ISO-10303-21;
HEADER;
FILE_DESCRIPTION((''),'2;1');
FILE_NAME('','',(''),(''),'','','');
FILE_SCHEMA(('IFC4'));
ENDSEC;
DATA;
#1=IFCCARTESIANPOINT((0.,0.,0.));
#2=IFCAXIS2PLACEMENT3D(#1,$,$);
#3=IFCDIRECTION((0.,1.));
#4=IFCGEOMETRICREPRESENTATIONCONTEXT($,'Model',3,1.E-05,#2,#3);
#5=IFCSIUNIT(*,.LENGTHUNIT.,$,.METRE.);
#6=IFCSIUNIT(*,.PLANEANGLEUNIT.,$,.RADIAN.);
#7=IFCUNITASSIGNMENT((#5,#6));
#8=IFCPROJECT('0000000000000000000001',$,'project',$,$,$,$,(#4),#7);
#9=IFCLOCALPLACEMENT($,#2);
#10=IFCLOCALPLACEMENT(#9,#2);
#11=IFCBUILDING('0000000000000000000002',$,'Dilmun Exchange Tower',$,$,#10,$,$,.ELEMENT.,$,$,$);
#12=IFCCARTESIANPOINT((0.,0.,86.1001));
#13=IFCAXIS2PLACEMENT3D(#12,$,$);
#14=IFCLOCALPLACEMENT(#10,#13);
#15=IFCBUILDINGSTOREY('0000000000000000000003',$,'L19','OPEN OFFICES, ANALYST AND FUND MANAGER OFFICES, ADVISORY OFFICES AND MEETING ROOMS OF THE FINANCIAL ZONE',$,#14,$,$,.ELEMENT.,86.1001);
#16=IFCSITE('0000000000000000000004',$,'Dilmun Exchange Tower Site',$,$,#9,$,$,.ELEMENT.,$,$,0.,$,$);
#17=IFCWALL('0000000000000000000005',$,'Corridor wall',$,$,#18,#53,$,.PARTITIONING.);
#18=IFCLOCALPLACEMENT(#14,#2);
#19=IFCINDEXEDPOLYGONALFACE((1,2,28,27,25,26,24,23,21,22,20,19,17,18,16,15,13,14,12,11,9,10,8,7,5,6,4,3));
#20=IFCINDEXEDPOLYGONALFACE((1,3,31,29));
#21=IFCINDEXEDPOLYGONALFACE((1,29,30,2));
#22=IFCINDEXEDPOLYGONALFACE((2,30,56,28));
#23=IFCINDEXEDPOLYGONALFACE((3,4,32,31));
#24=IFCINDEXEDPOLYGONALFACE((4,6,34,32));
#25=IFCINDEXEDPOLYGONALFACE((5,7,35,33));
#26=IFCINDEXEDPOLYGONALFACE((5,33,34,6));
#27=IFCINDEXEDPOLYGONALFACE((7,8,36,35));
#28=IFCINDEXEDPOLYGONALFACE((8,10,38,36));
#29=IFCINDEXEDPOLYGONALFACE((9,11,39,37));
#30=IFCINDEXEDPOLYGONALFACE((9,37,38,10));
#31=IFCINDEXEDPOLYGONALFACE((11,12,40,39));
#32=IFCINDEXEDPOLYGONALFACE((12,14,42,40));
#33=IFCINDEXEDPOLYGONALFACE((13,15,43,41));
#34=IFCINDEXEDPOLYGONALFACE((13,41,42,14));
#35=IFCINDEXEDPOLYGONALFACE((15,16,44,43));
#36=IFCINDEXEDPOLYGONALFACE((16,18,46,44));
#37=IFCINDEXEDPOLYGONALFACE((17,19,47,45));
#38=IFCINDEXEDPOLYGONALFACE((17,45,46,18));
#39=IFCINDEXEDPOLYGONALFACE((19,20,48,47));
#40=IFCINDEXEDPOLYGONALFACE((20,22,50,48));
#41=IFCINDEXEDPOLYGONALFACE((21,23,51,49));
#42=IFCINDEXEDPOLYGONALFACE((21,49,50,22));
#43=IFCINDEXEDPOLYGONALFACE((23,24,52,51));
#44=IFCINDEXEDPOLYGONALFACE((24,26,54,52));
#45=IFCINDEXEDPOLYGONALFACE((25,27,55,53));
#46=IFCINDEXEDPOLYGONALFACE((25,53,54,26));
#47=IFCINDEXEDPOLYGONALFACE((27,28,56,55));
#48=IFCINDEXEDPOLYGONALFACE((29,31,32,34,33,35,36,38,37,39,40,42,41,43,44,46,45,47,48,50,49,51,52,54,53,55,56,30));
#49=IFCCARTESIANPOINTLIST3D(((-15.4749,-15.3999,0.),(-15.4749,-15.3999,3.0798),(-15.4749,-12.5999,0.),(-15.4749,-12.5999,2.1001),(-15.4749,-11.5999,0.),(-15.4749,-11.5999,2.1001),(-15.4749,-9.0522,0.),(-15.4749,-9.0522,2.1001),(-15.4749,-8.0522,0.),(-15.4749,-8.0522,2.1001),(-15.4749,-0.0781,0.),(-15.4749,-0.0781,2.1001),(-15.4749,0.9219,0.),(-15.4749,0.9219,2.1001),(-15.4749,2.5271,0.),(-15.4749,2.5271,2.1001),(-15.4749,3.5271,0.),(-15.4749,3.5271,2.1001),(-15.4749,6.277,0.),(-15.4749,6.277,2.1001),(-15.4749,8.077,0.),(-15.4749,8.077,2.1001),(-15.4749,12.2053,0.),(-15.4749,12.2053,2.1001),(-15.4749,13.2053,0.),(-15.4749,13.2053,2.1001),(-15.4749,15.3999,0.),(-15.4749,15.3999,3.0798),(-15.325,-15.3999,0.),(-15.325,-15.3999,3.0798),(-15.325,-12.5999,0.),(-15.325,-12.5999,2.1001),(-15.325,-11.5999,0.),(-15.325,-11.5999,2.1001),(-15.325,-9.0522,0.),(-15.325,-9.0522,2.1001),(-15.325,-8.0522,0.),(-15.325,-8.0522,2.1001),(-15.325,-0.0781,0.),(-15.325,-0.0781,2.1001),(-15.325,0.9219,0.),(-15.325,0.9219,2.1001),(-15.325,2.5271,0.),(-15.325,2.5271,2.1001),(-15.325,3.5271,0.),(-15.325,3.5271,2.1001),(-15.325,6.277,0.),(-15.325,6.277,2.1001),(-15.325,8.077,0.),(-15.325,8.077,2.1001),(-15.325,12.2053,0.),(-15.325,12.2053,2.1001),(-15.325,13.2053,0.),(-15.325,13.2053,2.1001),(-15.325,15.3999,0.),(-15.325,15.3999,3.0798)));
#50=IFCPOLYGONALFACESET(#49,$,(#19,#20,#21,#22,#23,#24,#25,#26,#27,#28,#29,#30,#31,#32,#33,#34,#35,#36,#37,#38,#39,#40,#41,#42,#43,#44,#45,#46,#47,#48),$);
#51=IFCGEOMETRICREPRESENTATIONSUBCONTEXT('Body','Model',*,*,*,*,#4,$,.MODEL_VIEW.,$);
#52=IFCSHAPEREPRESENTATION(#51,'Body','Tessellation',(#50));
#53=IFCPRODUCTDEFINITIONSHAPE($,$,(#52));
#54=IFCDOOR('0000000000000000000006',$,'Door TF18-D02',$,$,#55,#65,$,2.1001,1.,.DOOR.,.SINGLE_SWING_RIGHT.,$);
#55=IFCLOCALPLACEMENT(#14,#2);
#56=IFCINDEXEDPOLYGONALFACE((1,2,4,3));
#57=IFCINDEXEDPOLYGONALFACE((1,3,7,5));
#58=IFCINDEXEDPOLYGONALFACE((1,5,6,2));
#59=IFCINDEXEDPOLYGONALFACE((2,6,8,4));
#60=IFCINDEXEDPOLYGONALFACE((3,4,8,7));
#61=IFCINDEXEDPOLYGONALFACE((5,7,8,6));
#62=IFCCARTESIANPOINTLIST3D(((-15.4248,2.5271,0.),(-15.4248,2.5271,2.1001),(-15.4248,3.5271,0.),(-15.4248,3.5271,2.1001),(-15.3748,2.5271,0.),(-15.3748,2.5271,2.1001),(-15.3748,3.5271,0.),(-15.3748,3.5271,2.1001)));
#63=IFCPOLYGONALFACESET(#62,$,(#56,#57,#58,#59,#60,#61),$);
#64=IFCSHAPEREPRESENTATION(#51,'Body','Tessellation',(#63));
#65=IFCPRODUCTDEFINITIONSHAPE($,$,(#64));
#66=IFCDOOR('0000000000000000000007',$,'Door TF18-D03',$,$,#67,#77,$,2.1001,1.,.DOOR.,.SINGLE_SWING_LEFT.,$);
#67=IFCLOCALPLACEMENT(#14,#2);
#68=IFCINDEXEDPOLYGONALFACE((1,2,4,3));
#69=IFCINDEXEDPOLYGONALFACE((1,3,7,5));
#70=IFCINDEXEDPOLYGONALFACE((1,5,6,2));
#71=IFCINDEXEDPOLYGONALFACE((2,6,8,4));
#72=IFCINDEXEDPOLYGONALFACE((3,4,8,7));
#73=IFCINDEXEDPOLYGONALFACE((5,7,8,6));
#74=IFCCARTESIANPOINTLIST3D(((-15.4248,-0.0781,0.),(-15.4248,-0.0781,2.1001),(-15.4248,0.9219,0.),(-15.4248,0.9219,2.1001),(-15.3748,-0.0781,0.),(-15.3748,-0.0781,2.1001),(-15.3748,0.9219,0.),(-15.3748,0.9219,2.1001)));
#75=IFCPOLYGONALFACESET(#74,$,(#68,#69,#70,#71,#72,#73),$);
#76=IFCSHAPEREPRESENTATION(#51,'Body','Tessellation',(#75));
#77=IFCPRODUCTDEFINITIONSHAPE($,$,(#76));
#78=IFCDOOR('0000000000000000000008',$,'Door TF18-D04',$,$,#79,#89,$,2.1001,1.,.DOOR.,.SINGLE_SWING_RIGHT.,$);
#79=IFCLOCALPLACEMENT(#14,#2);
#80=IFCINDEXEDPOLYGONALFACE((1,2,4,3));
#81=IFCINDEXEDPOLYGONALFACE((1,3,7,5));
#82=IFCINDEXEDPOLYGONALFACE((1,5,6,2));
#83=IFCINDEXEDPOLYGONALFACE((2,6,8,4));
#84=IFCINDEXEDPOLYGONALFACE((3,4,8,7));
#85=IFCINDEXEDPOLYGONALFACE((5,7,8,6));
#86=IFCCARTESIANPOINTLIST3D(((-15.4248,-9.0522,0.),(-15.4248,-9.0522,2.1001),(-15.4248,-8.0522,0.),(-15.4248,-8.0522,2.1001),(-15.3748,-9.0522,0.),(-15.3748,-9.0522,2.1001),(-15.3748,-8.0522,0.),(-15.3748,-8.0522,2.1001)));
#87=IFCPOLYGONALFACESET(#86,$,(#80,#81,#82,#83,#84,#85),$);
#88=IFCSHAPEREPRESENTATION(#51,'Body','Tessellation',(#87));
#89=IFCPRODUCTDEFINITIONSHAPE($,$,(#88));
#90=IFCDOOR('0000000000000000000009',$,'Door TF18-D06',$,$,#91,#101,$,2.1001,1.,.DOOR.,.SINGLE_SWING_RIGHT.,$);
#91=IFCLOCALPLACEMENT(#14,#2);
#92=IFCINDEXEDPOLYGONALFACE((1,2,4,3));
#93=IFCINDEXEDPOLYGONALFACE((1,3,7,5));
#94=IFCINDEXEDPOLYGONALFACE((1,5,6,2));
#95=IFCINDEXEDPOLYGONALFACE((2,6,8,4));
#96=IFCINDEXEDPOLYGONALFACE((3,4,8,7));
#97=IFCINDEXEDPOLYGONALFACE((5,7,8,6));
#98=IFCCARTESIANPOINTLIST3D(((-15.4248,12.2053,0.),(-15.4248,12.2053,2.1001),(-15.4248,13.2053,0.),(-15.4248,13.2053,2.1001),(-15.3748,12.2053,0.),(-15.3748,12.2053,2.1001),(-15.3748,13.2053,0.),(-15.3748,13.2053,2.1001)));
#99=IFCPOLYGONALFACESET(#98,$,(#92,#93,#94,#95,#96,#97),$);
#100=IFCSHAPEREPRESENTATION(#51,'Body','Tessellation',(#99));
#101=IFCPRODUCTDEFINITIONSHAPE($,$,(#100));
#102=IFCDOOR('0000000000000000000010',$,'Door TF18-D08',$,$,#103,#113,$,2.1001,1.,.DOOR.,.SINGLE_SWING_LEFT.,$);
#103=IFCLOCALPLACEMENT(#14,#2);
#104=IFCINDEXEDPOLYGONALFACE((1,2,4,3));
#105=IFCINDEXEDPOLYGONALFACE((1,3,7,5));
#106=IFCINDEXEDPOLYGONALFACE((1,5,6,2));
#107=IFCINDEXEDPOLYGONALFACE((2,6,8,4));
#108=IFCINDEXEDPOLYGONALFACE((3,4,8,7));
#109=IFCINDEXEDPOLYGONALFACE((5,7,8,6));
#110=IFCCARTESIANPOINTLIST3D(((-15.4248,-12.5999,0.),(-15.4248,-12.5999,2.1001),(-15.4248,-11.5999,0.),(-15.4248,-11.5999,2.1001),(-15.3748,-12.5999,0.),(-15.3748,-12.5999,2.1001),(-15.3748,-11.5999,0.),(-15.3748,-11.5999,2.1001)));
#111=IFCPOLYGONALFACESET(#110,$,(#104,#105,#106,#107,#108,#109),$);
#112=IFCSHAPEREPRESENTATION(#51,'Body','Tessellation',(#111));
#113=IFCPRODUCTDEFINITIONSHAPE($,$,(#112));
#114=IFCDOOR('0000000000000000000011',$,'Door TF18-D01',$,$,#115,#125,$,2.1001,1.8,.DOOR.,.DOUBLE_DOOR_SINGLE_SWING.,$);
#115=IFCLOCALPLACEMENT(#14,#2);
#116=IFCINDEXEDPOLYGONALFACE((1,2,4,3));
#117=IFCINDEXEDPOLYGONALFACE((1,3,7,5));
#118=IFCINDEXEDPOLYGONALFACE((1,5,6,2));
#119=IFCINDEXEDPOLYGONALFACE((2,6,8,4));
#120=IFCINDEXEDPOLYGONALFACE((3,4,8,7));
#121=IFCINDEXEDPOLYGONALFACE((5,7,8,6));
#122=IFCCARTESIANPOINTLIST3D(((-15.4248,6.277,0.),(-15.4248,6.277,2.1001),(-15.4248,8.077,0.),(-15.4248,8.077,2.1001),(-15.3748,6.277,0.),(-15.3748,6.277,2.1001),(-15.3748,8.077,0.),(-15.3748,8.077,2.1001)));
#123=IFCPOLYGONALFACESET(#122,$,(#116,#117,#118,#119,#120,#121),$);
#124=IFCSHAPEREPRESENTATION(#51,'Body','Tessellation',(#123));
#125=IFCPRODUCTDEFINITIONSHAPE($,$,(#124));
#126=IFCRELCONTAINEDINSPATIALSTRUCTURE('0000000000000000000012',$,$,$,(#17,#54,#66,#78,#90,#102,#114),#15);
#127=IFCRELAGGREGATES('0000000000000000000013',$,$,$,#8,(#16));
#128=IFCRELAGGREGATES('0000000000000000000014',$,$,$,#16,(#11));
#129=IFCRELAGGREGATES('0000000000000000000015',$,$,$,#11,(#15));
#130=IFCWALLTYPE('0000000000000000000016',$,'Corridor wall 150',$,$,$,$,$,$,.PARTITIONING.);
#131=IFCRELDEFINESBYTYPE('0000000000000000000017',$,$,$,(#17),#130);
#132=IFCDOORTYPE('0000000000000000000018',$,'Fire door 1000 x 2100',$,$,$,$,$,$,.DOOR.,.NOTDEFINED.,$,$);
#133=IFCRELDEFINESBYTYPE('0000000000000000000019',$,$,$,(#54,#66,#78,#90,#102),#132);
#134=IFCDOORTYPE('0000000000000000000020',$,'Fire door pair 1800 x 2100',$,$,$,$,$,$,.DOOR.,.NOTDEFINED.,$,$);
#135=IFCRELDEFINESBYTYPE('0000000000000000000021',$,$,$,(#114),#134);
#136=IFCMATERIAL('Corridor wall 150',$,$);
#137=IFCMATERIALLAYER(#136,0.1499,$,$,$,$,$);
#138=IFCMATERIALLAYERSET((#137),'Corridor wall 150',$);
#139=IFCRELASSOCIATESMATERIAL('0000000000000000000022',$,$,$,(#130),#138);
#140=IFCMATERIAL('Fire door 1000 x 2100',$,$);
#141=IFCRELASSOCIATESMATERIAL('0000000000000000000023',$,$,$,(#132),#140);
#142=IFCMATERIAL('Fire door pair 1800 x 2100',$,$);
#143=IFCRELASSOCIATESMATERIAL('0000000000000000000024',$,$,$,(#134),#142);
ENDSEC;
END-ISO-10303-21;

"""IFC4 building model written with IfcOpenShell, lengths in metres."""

from ifc_helpers import new_model, si_unit, direction, frame, frame_2d, origin, place, context, subcontext, project, spatial, rectangle, extrude, material, layer, layer_set, type_object, element, fill, save


model = new_model("IFC4")

# Units and contexts
model_context = context("Model", 3, precision=1e-05, world=origin(), true_north=direction((0.0, 1.0)))
body_context = subcontext(model_context, "Body", "Model", "MODEL_VIEW")
ifc_project = project(units=[si_unit("LENGTHUNIT", "METRE"), si_unit("PLANEANGLEUNIT", "RADIAN")], contexts=[model_context])

# Site, building, storey
site_placement = place(None, origin())
site = spatial("IfcSite", under=ifc_project, at=site_placement, Name="Dilmun Exchange Tower Site", CompositionType="ELEMENT", RefElevation=0.0)
building_placement = place(site_placement, origin())
building = spatial("IfcBuilding", under=site, at=building_placement, Name="Dilmun Exchange Tower", CompositionType="ELEMENT")
storey_placement = place(building_placement, frame((0.0, 0.0, 86.1001)))
storey = spatial("IfcBuildingStorey", under=building, at=storey_placement, Name="L19", Description="OPEN OFFICES, ANALYST AND FUND MANAGER OFFICES, ADVISORY OFFICES AND MEETING ROOMS OF THE FINANCIAL ZONE", CompositionType="ELEMENT", Elevation=86.1001)

# Wall, openings, doors
ifc_material_1 = material(Name="Corridor wall 150")
ifc_layer_1 = layer(ifc_material_1, 0.1499)
ifc_layer_set_1 = layer_set([ifc_layer_1], Name="Corridor wall 150")
wall_type_1 = type_object("IfcWallType", Name="Corridor wall 150", PredefinedType="PARTITIONING", material=ifc_layer_set_1)
wall_1_placement = place(storey_placement, frame((-15.3999, -15.3999, 0.0), z_axis=(0.0, 0.0, 1.0), x_axis=(0.0, 1.0, 0.0)))
wall_1 = element("IfcWall", 1, at=wall_1_placement, inside=storey, type_object=wall_type_1, Name="Corridor wall", PredefinedType="PARTITIONING", context=body_context, shape_type="SweptSolid", body=[
    extrude(rectangle(XDim=30.7998, YDim=0.1499, at=frame_2d((15.3999, 0.0))), origin(), (0.0, 0.0, 1.0), 3.0798),
])
opening_1_placement = place(wall_1_placement, frame((21.677, 0.0, 0.0)))
opening_1 = element("IfcOpeningElement", 2, at=opening_1_placement, cuts=wall_1, PredefinedType="OPENING", context=body_context, shape_type="SweptSolid", body=[
    extrude(rectangle(XDim=1.8, YDim=2.1001, at=frame_2d((0.8999, 1.05))), frame((0.0, 0.085, 0.0), z_axis=(0.0, -1.0, 0.0), x_axis=(1.0, 0.0, 0.0)), (0.0, 0.0, 1.0), 0.1699),
])
opening_2_placement = place(wall_1_placement, frame((17.927, 0.0, 0.0)))
opening_2 = element("IfcOpeningElement", 3, at=opening_2_placement, cuts=wall_1, PredefinedType="OPENING", context=body_context, shape_type="SweptSolid", body=[
    extrude(rectangle(XDim=1.0, YDim=2.1001, at=frame_2d((0.5, 1.05))), frame((0.0, 0.085, 0.0), z_axis=(0.0, -1.0, 0.0), x_axis=(1.0, 0.0, 0.0)), (0.0, 0.0, 1.0), 0.1699),
])
opening_3_placement = place(wall_1_placement, frame((15.3218, 0.0, 0.0)))
opening_3 = element("IfcOpeningElement", 4, at=opening_3_placement, cuts=wall_1, PredefinedType="OPENING", context=body_context, shape_type="SweptSolid", body=[
    extrude(rectangle(XDim=1.0, YDim=2.1001, at=frame_2d((0.5, 1.05))), frame((0.0, 0.085, 0.0), z_axis=(0.0, -1.0, 0.0), x_axis=(1.0, 0.0, 0.0)), (0.0, 0.0, 1.0), 0.1699),
])
opening_4_placement = place(wall_1_placement, frame((6.3477, 0.0, 0.0)))
opening_4 = element("IfcOpeningElement", 5, at=opening_4_placement, cuts=wall_1, PredefinedType="OPENING", context=body_context, shape_type="SweptSolid", body=[
    extrude(rectangle(XDim=1.0, YDim=2.1001, at=frame_2d((0.5, 1.05))), frame((0.0, 0.085, 0.0), z_axis=(0.0, -1.0, 0.0), x_axis=(1.0, 0.0, 0.0)), (0.0, 0.0, 1.0), 0.1699),
])
opening_5_placement = place(wall_1_placement, frame((27.6052, 0.0, 0.0)))
opening_5 = element("IfcOpeningElement", 6, at=opening_5_placement, cuts=wall_1, PredefinedType="OPENING", context=body_context, shape_type="SweptSolid", body=[
    extrude(rectangle(XDim=1.0, YDim=2.1001, at=frame_2d((0.5, 1.05))), frame((0.0, 0.085, 0.0), z_axis=(0.0, -1.0, 0.0), x_axis=(1.0, 0.0, 0.0)), (0.0, 0.0, 1.0), 0.1699),
])
opening_6_placement = place(wall_1_placement, frame((2.8, 0.0, 0.0)))
opening_6 = element("IfcOpeningElement", 7, at=opening_6_placement, cuts=wall_1, PredefinedType="OPENING", context=body_context, shape_type="SweptSolid", body=[
    extrude(rectangle(XDim=1.0, YDim=2.1001, at=frame_2d((0.5, 1.05))), frame((0.0, 0.085, 0.0), z_axis=(0.0, -1.0, 0.0), x_axis=(1.0, 0.0, 0.0)), (0.0, 0.0, 1.0), 0.1699),
])
ifc_material_2 = material(Name="Fire door 1000 x 2100")
door_type_1 = type_object("IfcDoorType", Name="Fire door 1000 x 2100", OperationType="NOTDEFINED", PredefinedType="DOOR", material=ifc_material_2)
door_1_placement = place(opening_2_placement, origin())
door_1 = element("IfcDoor", 8, at=door_1_placement, inside=storey, type_object=door_type_1, Name="Door TF18-D02", OperationType="SINGLE_SWING_RIGHT", OverallHeight=2.1001, OverallWidth=1.0, PredefinedType="DOOR", context=body_context, shape_type="SweptSolid", body=[
    extrude(rectangle(XDim=1.0, YDim=2.1001, at=frame_2d((0.5, 1.05))), frame((0.0, 0.0249, 0.0), z_axis=(0.0, -1.0, 0.0), x_axis=(1.0, 0.0, 0.0)), (0.0, 0.0, 1.0), 0.05),
])
fill(opening_2, door_1)
door_2_placement = place(opening_3_placement, origin())
door_2 = element("IfcDoor", 9, at=door_2_placement, inside=storey, type_object=door_type_1, Name="Door TF18-D03", OperationType="SINGLE_SWING_LEFT", OverallHeight=2.1001, OverallWidth=1.0, PredefinedType="DOOR", context=body_context, shape_type="SweptSolid", body=[
    extrude(rectangle(XDim=1.0, YDim=2.1001, at=frame_2d((0.5, 1.05))), frame((0.0, 0.0249, 0.0), z_axis=(0.0, -1.0, 0.0), x_axis=(1.0, 0.0, 0.0)), (0.0, 0.0, 1.0), 0.05),
])
fill(opening_3, door_2)
door_3_placement = place(opening_4_placement, origin())
door_3 = element("IfcDoor", 10, at=door_3_placement, inside=storey, type_object=door_type_1, Name="Door TF18-D04", OperationType="SINGLE_SWING_RIGHT", OverallHeight=2.1001, OverallWidth=1.0, PredefinedType="DOOR", context=body_context, shape_type="SweptSolid", body=[
    extrude(rectangle(XDim=1.0, YDim=2.1001, at=frame_2d((0.5, 1.05))), frame((0.0, 0.0249, 0.0), z_axis=(0.0, -1.0, 0.0), x_axis=(1.0, 0.0, 0.0)), (0.0, 0.0, 1.0), 0.05),
])
fill(opening_4, door_3)
door_4_placement = place(opening_5_placement, origin())
door_4 = element("IfcDoor", 11, at=door_4_placement, inside=storey, type_object=door_type_1, Name="Door TF18-D06", OperationType="SINGLE_SWING_RIGHT", OverallHeight=2.1001, OverallWidth=1.0, PredefinedType="DOOR", context=body_context, shape_type="SweptSolid", body=[
    extrude(rectangle(XDim=1.0, YDim=2.1001, at=frame_2d((0.5, 1.05))), frame((0.0, 0.0249, 0.0), z_axis=(0.0, -1.0, 0.0), x_axis=(1.0, 0.0, 0.0)), (0.0, 0.0, 1.0), 0.05),
])
fill(opening_5, door_4)
door_5_placement = place(opening_6_placement, origin())
door_5 = element("IfcDoor", 12, at=door_5_placement, inside=storey, type_object=door_type_1, Name="Door TF18-D08", OperationType="SINGLE_SWING_LEFT", OverallHeight=2.1001, OverallWidth=1.0, PredefinedType="DOOR", context=body_context, shape_type="SweptSolid", body=[
    extrude(rectangle(XDim=1.0, YDim=2.1001, at=frame_2d((0.5, 1.05))), frame((0.0, 0.0249, 0.0), z_axis=(0.0, -1.0, 0.0), x_axis=(1.0, 0.0, 0.0)), (0.0, 0.0, 1.0), 0.05),
])
fill(opening_6, door_5)
ifc_material_3 = material(Name="Fire door pair 1800 x 2100")
door_type_2 = type_object("IfcDoorType", Name="Fire door pair 1800 x 2100", OperationType="NOTDEFINED", PredefinedType="DOOR", material=ifc_material_3)
door_6_placement = place(opening_1_placement, origin())
door_6 = element("IfcDoor", 13, at=door_6_placement, inside=storey, type_object=door_type_2, Name="Door TF18-D01", OperationType="DOUBLE_DOOR_SINGLE_SWING", OverallHeight=2.1001, OverallWidth=1.8, PredefinedType="DOOR", context=body_context, shape_type="SweptSolid", body=[
    extrude(rectangle(XDim=1.8, YDim=2.1001, at=frame_2d((0.8999, 1.05))), frame((0.0, 0.0249, 0.0), z_axis=(0.0, -1.0, 0.0), x_axis=(1.0, 0.0, 0.0)), (0.0, 0.0, 1.0), 0.05),
])
fill(opening_1, door_6)

save(model, "model.ifc")
